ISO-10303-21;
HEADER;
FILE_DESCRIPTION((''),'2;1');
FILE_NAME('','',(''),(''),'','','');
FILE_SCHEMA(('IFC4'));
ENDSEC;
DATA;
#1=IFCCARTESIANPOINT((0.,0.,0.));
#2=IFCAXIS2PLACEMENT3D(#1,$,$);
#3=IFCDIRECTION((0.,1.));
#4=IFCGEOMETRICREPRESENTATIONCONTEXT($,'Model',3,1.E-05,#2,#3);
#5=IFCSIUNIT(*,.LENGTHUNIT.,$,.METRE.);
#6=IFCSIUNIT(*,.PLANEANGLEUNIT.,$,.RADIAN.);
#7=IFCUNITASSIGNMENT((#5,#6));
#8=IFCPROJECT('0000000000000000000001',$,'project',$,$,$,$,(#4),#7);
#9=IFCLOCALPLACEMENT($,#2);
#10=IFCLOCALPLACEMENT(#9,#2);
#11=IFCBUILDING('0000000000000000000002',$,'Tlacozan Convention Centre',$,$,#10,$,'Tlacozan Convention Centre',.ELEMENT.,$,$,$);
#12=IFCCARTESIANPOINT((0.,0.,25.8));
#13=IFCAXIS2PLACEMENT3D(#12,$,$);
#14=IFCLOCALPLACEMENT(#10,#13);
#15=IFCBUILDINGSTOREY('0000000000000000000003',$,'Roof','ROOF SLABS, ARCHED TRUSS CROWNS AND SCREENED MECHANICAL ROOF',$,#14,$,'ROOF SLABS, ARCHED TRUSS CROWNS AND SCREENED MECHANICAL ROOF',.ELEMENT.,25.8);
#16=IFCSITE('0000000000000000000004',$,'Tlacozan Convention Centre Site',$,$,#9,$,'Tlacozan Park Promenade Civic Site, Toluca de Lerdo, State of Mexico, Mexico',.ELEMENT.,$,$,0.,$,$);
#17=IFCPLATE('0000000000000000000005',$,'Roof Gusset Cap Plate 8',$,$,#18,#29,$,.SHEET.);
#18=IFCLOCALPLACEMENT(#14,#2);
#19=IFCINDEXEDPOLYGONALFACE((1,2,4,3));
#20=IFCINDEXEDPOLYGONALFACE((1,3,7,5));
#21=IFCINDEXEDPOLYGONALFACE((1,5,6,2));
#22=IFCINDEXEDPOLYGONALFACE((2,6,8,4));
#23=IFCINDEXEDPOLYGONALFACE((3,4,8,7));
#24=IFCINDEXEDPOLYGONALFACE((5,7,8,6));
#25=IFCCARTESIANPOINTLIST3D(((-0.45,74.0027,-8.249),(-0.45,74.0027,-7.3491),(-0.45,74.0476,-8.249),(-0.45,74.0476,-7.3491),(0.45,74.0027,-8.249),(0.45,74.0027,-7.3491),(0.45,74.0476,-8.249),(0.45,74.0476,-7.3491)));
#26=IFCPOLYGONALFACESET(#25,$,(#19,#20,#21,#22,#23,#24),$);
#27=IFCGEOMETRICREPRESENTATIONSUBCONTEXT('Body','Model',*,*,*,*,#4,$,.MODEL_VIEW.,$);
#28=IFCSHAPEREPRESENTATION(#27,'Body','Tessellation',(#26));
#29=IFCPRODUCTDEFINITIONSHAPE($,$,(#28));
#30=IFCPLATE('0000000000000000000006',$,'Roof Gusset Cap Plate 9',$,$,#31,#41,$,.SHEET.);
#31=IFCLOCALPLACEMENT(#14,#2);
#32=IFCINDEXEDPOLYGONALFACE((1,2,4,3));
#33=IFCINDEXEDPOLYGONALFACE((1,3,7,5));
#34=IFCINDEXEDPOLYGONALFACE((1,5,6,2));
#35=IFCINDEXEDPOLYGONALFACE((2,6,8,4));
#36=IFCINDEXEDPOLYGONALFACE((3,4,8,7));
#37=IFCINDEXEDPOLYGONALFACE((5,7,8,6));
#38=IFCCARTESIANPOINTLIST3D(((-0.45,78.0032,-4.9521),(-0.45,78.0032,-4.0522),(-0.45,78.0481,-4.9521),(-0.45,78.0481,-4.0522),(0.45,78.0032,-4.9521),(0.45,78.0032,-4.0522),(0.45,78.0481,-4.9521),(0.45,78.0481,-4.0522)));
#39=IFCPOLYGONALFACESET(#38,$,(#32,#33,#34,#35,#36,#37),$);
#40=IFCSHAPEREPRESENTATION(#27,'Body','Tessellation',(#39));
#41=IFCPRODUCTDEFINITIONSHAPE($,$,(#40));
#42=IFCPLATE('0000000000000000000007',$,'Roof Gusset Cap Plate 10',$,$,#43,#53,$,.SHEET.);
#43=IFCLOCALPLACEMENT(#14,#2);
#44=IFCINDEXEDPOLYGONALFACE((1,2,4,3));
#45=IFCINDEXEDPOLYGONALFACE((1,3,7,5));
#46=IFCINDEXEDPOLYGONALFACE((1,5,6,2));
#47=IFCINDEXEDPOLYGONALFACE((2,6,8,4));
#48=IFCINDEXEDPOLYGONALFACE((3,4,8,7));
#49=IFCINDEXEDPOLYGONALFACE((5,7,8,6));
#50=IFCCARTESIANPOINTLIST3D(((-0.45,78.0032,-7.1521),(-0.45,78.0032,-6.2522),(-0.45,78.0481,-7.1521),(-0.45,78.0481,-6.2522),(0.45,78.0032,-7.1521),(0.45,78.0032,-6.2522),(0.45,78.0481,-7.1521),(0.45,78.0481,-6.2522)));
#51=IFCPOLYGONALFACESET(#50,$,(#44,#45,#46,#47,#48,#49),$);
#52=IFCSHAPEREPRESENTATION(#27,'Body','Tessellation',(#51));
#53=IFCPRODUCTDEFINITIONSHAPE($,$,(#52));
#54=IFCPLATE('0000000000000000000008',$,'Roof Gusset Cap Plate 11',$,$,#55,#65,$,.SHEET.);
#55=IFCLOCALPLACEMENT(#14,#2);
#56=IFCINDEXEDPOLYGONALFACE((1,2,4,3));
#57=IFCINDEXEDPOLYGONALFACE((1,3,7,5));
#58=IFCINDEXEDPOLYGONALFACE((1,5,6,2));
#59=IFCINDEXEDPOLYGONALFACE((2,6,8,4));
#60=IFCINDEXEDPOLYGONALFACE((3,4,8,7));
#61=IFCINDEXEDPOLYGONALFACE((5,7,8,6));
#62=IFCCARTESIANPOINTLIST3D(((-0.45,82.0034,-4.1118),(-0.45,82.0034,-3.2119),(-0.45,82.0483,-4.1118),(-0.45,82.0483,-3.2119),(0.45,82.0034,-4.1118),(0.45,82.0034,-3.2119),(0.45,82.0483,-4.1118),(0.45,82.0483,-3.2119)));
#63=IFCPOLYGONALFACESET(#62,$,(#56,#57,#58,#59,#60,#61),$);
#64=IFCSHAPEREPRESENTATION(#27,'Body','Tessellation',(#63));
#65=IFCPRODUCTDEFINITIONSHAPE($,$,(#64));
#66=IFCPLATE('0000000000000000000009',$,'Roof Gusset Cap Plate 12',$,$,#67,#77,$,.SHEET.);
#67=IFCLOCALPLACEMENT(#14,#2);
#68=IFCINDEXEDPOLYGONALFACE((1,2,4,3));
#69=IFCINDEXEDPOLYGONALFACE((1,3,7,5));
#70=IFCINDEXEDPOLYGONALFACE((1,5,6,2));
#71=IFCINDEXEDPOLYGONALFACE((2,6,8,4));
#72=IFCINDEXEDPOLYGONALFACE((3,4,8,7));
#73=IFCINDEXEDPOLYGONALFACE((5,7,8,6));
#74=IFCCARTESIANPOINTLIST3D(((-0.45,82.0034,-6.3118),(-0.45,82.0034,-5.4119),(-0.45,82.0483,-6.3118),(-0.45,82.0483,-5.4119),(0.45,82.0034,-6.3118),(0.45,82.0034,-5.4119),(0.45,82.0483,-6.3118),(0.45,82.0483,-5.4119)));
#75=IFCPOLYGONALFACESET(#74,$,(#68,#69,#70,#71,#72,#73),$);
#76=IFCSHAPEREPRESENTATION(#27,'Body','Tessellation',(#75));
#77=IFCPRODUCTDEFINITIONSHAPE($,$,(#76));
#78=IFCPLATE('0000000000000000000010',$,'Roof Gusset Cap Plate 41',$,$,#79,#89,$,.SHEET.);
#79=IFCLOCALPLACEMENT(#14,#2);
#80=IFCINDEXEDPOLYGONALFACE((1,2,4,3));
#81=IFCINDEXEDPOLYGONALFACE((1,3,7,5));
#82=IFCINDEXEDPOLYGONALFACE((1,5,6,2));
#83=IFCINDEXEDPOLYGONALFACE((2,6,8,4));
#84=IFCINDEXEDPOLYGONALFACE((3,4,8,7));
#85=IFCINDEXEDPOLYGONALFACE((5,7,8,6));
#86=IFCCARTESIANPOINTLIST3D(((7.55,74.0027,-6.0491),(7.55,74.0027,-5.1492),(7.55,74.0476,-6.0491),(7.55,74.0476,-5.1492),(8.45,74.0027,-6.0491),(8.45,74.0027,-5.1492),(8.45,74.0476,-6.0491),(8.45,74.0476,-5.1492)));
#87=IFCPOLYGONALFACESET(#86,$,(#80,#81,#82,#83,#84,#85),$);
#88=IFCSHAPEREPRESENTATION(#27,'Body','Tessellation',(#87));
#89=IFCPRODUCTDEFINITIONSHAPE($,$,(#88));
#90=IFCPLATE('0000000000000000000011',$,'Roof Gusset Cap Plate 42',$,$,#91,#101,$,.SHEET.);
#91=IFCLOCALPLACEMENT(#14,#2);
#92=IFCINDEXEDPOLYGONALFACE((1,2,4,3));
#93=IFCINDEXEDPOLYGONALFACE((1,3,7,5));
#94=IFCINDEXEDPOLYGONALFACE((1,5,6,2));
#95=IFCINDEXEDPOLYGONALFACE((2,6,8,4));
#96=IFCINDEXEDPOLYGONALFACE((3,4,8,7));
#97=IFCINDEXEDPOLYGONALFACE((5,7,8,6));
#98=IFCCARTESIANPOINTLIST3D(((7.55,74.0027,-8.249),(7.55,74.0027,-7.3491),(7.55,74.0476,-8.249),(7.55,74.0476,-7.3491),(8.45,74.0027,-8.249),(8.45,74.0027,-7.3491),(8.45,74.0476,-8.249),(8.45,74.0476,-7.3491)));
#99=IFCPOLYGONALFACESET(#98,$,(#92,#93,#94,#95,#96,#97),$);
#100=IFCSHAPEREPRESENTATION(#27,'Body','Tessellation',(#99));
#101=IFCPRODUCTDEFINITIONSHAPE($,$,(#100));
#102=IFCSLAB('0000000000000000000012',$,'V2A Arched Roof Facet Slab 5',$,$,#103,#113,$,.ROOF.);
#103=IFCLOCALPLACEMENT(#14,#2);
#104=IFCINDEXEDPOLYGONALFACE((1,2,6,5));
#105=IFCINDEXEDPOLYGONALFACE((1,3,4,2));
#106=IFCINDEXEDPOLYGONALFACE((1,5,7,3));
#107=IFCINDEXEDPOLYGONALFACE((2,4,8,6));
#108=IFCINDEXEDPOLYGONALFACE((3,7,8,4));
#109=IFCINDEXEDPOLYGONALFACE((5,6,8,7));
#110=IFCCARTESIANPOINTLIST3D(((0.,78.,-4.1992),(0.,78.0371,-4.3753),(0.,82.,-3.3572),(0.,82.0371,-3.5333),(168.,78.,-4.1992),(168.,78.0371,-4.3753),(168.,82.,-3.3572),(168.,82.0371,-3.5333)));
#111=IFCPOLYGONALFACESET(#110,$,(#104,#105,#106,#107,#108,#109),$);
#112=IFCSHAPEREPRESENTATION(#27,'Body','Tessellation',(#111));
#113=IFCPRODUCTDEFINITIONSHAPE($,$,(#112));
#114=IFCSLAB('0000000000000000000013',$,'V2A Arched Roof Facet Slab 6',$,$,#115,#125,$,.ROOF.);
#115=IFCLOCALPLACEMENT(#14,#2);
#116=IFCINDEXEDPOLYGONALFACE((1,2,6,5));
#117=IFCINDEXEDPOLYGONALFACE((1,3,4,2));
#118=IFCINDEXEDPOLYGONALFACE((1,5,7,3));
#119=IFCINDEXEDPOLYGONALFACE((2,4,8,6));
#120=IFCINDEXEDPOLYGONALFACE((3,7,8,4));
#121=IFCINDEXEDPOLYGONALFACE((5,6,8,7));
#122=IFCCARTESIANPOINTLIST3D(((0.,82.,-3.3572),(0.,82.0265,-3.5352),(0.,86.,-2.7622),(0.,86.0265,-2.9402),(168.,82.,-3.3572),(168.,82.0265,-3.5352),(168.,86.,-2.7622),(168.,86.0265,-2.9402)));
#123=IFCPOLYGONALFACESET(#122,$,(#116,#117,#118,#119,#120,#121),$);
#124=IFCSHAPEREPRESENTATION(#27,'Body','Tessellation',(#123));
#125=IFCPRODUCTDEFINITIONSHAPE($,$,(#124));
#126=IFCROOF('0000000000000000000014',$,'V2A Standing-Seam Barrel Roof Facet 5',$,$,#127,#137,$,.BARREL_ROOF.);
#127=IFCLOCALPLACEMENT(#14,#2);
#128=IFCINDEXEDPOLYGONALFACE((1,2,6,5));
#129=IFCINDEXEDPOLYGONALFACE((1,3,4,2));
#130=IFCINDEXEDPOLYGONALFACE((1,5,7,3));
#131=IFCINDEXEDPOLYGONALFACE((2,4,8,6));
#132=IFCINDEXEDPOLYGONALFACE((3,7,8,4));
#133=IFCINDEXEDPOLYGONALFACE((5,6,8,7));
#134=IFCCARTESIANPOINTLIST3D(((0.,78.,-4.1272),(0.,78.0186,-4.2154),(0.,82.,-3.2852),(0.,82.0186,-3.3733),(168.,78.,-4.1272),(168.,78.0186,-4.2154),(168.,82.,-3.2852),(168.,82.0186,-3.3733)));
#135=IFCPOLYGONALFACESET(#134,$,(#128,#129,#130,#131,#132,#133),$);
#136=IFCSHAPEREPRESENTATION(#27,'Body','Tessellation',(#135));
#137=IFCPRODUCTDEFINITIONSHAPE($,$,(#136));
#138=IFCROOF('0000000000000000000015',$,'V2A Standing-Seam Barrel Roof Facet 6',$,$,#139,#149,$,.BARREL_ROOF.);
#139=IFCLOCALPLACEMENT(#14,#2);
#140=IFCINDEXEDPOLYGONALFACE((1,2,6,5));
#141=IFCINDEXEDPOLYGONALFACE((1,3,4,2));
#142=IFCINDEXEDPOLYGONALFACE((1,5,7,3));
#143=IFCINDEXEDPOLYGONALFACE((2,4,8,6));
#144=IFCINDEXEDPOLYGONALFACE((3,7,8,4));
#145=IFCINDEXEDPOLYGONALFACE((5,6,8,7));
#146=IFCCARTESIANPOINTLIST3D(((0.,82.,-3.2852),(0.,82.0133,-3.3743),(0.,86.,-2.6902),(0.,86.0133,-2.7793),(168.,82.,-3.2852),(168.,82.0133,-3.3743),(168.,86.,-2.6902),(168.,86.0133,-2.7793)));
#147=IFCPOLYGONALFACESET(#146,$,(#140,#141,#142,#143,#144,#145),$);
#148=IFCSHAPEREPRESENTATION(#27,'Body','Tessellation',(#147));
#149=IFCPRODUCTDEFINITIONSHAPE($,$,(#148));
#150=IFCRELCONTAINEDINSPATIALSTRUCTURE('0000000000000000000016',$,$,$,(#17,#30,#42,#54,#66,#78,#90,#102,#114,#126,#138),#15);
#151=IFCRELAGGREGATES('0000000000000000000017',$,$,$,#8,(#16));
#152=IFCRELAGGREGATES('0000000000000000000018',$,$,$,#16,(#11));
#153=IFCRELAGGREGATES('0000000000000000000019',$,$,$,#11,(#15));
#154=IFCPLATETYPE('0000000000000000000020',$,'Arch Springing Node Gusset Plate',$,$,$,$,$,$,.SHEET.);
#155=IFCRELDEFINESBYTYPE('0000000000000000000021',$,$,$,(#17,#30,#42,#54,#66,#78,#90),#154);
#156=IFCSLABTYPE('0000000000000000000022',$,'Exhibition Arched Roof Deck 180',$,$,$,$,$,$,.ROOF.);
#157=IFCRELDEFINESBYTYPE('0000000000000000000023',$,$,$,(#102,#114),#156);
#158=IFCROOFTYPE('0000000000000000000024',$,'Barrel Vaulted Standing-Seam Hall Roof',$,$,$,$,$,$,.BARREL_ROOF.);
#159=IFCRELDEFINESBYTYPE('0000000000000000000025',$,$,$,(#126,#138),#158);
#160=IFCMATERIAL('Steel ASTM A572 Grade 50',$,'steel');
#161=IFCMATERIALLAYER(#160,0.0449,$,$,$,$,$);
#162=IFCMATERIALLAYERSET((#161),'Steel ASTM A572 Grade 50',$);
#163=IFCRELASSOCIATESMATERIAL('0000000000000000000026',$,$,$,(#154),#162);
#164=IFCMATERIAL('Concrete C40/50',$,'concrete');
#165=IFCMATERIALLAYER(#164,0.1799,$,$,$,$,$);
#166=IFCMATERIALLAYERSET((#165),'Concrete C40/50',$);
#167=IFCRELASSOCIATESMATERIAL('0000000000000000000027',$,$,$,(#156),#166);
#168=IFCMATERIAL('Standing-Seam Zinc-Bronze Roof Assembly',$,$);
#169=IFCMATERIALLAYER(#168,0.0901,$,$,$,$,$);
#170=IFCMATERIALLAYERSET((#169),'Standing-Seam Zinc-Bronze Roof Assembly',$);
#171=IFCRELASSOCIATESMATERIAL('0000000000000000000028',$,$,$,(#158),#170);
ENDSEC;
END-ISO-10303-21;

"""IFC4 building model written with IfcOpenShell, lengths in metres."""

from ifc_helpers import new_model, si_unit, direction, frame, origin, origin_2d, place, context, subcontext, project, spatial, polyline, rectangle, outline, extrude, material, layer, layer_set, type_object, element, save


model = new_model("IFC4")

# Units and contexts
model_context = context("Model", 3, precision=1e-05, world=origin(), true_north=direction((0.0, 1.0)))
body_context = subcontext(model_context, "Body", "Model", "MODEL_VIEW")
ifc_project = project(units=[si_unit("LENGTHUNIT", "METRE"), si_unit("PLANEANGLEUNIT", "RADIAN")], contexts=[model_context])

# Site, building, storey
site_placement = place(None, origin())
site = spatial("IfcSite", under=ifc_project, at=site_placement, Name="Tlacozan Convention Centre Site", LongName="Tlacozan Park Promenade Civic Site, Toluca de Lerdo, State of Mexico, Mexico", CompositionType="ELEMENT", RefElevation=0.0)
building_placement = place(site_placement, origin())
building = spatial("IfcBuilding", under=site, at=building_placement, Name="Tlacozan Convention Centre", LongName="Tlacozan Convention Centre", CompositionType="ELEMENT")
storey_placement = place(building_placement, frame((0.0, 0.0, 25.8)))
storey = spatial("IfcBuildingStorey", under=building, at=storey_placement, Name="Roof", Description="ROOF SLABS, ARCHED TRUSS CROWNS AND SCREENED MECHANICAL ROOF", LongName="ROOF SLABS, ARCHED TRUSS CROWNS AND SCREENED MECHANICAL ROOF", CompositionType="ELEMENT", Elevation=25.8)

# Plates
ifc_material_1 = material(Name="Steel ASTM A572 Grade 50", Category="steel")
ifc_layer_1 = layer(ifc_material_1, 0.0449)
ifc_layer_set_1 = layer_set([ifc_layer_1], Name="Steel ASTM A572 Grade 50")
plate_type = type_object("IfcPlateType", Name="Arch Springing Node Gusset Plate", PredefinedType="SHEET", material=ifc_layer_set_1)
for number, where, z_axis, x_axis, name in (
    (1, (0.0, 74.0251, -8.249), (0.0, 0.0, 1.0), (0.0, 1.0, 0.0), "Roof Gusset Cap Plate 8"),
    (2, (0.0, 78.0256, -4.9521), (0.0, 0.0, 1.0), (0.0, 1.0, 0.0), "Roof Gusset Cap Plate 9"),
    (3, (0.0, 78.0256, -7.1521), (0.0, 0.0, 1.0), (0.0, 1.0, 0.0), "Roof Gusset Cap Plate 10"),
    (4, (0.0, 82.0259, -4.1118), (0.0, 0.0, 1.0), (0.0, 1.0, 0.0), "Roof Gusset Cap Plate 11"),
    (5, (0.0, 82.0259, -6.3118), (0.0, 0.0, 1.0), (0.0, 1.0, 0.0), "Roof Gusset Cap Plate 12"),
    (6, (8.0, 74.0251, -6.0491), (0.0, 0.0, 1.0), (0.0, 1.0, 0.0), "Roof Gusset Cap Plate 41"),
    (7, (8.0, 74.0251, -8.249), (0.0, 0.0, 1.0), (0.0, 1.0, 0.0), "Roof Gusset Cap Plate 42"),
):
    element("IfcPlate", number, at=place(storey_placement, frame(where, z_axis=z_axis, x_axis=x_axis)), inside=storey, type_object=plate_type, Name=name, PredefinedType="SHEET", context=body_context, shape_type="SweptSolid", body=[
        extrude(rectangle(XDim=0.0449, YDim=0.8999, at=origin_2d()), origin(), (0.0, 0.0, 1.0), 0.8999),
    ])

# Slabs
ifc_material_2 = material(Name="Concrete C40/50", Category="concrete")
ifc_layer_2 = layer(ifc_material_2, 0.1799)
ifc_layer_set_2 = layer_set([ifc_layer_2], Name="Concrete C40/50")
slab_type = type_object("IfcSlabType", Name="Exhibition Arched Roof Deck 180", PredefinedType="ROOF", material=ifc_layer_set_2)
slab_1_placement = place(storey_placement, frame((0.0, 78.0, -4.1992), z_axis=(0.0, -0.205995, 0.978553), x_axis=(1.0, 0.0, 0.0)))
element("IfcSlab", 8, at=slab_1_placement, inside=storey, type_object=slab_type, Name="V2A Arched Roof Facet Slab 5", PredefinedType="ROOF", context=body_context, shape_type="SweptSolid", body=[
    extrude(outline(polyline([(0.0, 0.0), (168.0, 0.0), (168.0, 4.0877), (0.0, 4.0877), (0.0, 0.0)])), origin(), (0.0, 0.0, -1.0), 0.1799),
])
slab_2_placement = place(storey_placement, frame((0.0, 82.0, -3.3572), z_axis=(0.0, -0.147124, 0.989118), x_axis=(1.0, 0.0, 0.0)))
element("IfcSlab", 9, at=slab_2_placement, inside=storey, type_object=slab_type, Name="V2A Arched Roof Facet Slab 6", PredefinedType="ROOF", context=body_context, shape_type="SweptSolid", body=[
    extrude(outline(polyline([(0.0, 0.0), (168.0, 0.0), (168.0, 4.044), (0.0, 4.044), (0.0, 0.0)])), origin(), (0.0, 0.0, -1.0), 0.1799),
])

# Roofs
ifc_material_3 = material(Name="Standing-Seam Zinc-Bronze Roof Assembly")
ifc_layer_3 = layer(ifc_material_3, 0.0901)
ifc_layer_set_3 = layer_set([ifc_layer_3], Name="Standing-Seam Zinc-Bronze Roof Assembly")
roof_type = type_object("IfcRoofType", Name="Barrel Vaulted Standing-Seam Hall Roof", PredefinedType="BARREL_ROOF", material=ifc_layer_set_3)
roof_1_placement = place(storey_placement, frame((0.0, 78.0, -4.1272), z_axis=(0.0, -0.205995, 0.978553), x_axis=(1.0, 0.0, 0.0)))
element("IfcRoof", 10, at=roof_1_placement, inside=storey, type_object=roof_type, Name="V2A Standing-Seam Barrel Roof Facet 5", PredefinedType="BARREL_ROOF", context=body_context, shape_type="SweptSolid", body=[
    extrude(outline(polyline([(0.0, 0.0), (168.0, 0.0), (168.0, 4.0877), (0.0, 4.0877), (0.0, 0.0)])), origin(), (0.0, 0.0, -1.0), 0.0901),
])
roof_2_placement = place(storey_placement, frame((0.0, 82.0, -3.2852), z_axis=(0.0, -0.147124, 0.989118), x_axis=(1.0, 0.0, 0.0)))
element("IfcRoof", 11, at=roof_2_placement, inside=storey, type_object=roof_type, Name="V2A Standing-Seam Barrel Roof Facet 6", PredefinedType="BARREL_ROOF", context=body_context, shape_type="SweptSolid", body=[
    extrude(outline(polyline([(0.0, 0.0), (168.0, 0.0), (168.0, 4.044), (0.0, 4.044), (0.0, 0.0)])), origin(), (0.0, 0.0, -1.0), 0.0901),
])

save(model, "model.ifc")
